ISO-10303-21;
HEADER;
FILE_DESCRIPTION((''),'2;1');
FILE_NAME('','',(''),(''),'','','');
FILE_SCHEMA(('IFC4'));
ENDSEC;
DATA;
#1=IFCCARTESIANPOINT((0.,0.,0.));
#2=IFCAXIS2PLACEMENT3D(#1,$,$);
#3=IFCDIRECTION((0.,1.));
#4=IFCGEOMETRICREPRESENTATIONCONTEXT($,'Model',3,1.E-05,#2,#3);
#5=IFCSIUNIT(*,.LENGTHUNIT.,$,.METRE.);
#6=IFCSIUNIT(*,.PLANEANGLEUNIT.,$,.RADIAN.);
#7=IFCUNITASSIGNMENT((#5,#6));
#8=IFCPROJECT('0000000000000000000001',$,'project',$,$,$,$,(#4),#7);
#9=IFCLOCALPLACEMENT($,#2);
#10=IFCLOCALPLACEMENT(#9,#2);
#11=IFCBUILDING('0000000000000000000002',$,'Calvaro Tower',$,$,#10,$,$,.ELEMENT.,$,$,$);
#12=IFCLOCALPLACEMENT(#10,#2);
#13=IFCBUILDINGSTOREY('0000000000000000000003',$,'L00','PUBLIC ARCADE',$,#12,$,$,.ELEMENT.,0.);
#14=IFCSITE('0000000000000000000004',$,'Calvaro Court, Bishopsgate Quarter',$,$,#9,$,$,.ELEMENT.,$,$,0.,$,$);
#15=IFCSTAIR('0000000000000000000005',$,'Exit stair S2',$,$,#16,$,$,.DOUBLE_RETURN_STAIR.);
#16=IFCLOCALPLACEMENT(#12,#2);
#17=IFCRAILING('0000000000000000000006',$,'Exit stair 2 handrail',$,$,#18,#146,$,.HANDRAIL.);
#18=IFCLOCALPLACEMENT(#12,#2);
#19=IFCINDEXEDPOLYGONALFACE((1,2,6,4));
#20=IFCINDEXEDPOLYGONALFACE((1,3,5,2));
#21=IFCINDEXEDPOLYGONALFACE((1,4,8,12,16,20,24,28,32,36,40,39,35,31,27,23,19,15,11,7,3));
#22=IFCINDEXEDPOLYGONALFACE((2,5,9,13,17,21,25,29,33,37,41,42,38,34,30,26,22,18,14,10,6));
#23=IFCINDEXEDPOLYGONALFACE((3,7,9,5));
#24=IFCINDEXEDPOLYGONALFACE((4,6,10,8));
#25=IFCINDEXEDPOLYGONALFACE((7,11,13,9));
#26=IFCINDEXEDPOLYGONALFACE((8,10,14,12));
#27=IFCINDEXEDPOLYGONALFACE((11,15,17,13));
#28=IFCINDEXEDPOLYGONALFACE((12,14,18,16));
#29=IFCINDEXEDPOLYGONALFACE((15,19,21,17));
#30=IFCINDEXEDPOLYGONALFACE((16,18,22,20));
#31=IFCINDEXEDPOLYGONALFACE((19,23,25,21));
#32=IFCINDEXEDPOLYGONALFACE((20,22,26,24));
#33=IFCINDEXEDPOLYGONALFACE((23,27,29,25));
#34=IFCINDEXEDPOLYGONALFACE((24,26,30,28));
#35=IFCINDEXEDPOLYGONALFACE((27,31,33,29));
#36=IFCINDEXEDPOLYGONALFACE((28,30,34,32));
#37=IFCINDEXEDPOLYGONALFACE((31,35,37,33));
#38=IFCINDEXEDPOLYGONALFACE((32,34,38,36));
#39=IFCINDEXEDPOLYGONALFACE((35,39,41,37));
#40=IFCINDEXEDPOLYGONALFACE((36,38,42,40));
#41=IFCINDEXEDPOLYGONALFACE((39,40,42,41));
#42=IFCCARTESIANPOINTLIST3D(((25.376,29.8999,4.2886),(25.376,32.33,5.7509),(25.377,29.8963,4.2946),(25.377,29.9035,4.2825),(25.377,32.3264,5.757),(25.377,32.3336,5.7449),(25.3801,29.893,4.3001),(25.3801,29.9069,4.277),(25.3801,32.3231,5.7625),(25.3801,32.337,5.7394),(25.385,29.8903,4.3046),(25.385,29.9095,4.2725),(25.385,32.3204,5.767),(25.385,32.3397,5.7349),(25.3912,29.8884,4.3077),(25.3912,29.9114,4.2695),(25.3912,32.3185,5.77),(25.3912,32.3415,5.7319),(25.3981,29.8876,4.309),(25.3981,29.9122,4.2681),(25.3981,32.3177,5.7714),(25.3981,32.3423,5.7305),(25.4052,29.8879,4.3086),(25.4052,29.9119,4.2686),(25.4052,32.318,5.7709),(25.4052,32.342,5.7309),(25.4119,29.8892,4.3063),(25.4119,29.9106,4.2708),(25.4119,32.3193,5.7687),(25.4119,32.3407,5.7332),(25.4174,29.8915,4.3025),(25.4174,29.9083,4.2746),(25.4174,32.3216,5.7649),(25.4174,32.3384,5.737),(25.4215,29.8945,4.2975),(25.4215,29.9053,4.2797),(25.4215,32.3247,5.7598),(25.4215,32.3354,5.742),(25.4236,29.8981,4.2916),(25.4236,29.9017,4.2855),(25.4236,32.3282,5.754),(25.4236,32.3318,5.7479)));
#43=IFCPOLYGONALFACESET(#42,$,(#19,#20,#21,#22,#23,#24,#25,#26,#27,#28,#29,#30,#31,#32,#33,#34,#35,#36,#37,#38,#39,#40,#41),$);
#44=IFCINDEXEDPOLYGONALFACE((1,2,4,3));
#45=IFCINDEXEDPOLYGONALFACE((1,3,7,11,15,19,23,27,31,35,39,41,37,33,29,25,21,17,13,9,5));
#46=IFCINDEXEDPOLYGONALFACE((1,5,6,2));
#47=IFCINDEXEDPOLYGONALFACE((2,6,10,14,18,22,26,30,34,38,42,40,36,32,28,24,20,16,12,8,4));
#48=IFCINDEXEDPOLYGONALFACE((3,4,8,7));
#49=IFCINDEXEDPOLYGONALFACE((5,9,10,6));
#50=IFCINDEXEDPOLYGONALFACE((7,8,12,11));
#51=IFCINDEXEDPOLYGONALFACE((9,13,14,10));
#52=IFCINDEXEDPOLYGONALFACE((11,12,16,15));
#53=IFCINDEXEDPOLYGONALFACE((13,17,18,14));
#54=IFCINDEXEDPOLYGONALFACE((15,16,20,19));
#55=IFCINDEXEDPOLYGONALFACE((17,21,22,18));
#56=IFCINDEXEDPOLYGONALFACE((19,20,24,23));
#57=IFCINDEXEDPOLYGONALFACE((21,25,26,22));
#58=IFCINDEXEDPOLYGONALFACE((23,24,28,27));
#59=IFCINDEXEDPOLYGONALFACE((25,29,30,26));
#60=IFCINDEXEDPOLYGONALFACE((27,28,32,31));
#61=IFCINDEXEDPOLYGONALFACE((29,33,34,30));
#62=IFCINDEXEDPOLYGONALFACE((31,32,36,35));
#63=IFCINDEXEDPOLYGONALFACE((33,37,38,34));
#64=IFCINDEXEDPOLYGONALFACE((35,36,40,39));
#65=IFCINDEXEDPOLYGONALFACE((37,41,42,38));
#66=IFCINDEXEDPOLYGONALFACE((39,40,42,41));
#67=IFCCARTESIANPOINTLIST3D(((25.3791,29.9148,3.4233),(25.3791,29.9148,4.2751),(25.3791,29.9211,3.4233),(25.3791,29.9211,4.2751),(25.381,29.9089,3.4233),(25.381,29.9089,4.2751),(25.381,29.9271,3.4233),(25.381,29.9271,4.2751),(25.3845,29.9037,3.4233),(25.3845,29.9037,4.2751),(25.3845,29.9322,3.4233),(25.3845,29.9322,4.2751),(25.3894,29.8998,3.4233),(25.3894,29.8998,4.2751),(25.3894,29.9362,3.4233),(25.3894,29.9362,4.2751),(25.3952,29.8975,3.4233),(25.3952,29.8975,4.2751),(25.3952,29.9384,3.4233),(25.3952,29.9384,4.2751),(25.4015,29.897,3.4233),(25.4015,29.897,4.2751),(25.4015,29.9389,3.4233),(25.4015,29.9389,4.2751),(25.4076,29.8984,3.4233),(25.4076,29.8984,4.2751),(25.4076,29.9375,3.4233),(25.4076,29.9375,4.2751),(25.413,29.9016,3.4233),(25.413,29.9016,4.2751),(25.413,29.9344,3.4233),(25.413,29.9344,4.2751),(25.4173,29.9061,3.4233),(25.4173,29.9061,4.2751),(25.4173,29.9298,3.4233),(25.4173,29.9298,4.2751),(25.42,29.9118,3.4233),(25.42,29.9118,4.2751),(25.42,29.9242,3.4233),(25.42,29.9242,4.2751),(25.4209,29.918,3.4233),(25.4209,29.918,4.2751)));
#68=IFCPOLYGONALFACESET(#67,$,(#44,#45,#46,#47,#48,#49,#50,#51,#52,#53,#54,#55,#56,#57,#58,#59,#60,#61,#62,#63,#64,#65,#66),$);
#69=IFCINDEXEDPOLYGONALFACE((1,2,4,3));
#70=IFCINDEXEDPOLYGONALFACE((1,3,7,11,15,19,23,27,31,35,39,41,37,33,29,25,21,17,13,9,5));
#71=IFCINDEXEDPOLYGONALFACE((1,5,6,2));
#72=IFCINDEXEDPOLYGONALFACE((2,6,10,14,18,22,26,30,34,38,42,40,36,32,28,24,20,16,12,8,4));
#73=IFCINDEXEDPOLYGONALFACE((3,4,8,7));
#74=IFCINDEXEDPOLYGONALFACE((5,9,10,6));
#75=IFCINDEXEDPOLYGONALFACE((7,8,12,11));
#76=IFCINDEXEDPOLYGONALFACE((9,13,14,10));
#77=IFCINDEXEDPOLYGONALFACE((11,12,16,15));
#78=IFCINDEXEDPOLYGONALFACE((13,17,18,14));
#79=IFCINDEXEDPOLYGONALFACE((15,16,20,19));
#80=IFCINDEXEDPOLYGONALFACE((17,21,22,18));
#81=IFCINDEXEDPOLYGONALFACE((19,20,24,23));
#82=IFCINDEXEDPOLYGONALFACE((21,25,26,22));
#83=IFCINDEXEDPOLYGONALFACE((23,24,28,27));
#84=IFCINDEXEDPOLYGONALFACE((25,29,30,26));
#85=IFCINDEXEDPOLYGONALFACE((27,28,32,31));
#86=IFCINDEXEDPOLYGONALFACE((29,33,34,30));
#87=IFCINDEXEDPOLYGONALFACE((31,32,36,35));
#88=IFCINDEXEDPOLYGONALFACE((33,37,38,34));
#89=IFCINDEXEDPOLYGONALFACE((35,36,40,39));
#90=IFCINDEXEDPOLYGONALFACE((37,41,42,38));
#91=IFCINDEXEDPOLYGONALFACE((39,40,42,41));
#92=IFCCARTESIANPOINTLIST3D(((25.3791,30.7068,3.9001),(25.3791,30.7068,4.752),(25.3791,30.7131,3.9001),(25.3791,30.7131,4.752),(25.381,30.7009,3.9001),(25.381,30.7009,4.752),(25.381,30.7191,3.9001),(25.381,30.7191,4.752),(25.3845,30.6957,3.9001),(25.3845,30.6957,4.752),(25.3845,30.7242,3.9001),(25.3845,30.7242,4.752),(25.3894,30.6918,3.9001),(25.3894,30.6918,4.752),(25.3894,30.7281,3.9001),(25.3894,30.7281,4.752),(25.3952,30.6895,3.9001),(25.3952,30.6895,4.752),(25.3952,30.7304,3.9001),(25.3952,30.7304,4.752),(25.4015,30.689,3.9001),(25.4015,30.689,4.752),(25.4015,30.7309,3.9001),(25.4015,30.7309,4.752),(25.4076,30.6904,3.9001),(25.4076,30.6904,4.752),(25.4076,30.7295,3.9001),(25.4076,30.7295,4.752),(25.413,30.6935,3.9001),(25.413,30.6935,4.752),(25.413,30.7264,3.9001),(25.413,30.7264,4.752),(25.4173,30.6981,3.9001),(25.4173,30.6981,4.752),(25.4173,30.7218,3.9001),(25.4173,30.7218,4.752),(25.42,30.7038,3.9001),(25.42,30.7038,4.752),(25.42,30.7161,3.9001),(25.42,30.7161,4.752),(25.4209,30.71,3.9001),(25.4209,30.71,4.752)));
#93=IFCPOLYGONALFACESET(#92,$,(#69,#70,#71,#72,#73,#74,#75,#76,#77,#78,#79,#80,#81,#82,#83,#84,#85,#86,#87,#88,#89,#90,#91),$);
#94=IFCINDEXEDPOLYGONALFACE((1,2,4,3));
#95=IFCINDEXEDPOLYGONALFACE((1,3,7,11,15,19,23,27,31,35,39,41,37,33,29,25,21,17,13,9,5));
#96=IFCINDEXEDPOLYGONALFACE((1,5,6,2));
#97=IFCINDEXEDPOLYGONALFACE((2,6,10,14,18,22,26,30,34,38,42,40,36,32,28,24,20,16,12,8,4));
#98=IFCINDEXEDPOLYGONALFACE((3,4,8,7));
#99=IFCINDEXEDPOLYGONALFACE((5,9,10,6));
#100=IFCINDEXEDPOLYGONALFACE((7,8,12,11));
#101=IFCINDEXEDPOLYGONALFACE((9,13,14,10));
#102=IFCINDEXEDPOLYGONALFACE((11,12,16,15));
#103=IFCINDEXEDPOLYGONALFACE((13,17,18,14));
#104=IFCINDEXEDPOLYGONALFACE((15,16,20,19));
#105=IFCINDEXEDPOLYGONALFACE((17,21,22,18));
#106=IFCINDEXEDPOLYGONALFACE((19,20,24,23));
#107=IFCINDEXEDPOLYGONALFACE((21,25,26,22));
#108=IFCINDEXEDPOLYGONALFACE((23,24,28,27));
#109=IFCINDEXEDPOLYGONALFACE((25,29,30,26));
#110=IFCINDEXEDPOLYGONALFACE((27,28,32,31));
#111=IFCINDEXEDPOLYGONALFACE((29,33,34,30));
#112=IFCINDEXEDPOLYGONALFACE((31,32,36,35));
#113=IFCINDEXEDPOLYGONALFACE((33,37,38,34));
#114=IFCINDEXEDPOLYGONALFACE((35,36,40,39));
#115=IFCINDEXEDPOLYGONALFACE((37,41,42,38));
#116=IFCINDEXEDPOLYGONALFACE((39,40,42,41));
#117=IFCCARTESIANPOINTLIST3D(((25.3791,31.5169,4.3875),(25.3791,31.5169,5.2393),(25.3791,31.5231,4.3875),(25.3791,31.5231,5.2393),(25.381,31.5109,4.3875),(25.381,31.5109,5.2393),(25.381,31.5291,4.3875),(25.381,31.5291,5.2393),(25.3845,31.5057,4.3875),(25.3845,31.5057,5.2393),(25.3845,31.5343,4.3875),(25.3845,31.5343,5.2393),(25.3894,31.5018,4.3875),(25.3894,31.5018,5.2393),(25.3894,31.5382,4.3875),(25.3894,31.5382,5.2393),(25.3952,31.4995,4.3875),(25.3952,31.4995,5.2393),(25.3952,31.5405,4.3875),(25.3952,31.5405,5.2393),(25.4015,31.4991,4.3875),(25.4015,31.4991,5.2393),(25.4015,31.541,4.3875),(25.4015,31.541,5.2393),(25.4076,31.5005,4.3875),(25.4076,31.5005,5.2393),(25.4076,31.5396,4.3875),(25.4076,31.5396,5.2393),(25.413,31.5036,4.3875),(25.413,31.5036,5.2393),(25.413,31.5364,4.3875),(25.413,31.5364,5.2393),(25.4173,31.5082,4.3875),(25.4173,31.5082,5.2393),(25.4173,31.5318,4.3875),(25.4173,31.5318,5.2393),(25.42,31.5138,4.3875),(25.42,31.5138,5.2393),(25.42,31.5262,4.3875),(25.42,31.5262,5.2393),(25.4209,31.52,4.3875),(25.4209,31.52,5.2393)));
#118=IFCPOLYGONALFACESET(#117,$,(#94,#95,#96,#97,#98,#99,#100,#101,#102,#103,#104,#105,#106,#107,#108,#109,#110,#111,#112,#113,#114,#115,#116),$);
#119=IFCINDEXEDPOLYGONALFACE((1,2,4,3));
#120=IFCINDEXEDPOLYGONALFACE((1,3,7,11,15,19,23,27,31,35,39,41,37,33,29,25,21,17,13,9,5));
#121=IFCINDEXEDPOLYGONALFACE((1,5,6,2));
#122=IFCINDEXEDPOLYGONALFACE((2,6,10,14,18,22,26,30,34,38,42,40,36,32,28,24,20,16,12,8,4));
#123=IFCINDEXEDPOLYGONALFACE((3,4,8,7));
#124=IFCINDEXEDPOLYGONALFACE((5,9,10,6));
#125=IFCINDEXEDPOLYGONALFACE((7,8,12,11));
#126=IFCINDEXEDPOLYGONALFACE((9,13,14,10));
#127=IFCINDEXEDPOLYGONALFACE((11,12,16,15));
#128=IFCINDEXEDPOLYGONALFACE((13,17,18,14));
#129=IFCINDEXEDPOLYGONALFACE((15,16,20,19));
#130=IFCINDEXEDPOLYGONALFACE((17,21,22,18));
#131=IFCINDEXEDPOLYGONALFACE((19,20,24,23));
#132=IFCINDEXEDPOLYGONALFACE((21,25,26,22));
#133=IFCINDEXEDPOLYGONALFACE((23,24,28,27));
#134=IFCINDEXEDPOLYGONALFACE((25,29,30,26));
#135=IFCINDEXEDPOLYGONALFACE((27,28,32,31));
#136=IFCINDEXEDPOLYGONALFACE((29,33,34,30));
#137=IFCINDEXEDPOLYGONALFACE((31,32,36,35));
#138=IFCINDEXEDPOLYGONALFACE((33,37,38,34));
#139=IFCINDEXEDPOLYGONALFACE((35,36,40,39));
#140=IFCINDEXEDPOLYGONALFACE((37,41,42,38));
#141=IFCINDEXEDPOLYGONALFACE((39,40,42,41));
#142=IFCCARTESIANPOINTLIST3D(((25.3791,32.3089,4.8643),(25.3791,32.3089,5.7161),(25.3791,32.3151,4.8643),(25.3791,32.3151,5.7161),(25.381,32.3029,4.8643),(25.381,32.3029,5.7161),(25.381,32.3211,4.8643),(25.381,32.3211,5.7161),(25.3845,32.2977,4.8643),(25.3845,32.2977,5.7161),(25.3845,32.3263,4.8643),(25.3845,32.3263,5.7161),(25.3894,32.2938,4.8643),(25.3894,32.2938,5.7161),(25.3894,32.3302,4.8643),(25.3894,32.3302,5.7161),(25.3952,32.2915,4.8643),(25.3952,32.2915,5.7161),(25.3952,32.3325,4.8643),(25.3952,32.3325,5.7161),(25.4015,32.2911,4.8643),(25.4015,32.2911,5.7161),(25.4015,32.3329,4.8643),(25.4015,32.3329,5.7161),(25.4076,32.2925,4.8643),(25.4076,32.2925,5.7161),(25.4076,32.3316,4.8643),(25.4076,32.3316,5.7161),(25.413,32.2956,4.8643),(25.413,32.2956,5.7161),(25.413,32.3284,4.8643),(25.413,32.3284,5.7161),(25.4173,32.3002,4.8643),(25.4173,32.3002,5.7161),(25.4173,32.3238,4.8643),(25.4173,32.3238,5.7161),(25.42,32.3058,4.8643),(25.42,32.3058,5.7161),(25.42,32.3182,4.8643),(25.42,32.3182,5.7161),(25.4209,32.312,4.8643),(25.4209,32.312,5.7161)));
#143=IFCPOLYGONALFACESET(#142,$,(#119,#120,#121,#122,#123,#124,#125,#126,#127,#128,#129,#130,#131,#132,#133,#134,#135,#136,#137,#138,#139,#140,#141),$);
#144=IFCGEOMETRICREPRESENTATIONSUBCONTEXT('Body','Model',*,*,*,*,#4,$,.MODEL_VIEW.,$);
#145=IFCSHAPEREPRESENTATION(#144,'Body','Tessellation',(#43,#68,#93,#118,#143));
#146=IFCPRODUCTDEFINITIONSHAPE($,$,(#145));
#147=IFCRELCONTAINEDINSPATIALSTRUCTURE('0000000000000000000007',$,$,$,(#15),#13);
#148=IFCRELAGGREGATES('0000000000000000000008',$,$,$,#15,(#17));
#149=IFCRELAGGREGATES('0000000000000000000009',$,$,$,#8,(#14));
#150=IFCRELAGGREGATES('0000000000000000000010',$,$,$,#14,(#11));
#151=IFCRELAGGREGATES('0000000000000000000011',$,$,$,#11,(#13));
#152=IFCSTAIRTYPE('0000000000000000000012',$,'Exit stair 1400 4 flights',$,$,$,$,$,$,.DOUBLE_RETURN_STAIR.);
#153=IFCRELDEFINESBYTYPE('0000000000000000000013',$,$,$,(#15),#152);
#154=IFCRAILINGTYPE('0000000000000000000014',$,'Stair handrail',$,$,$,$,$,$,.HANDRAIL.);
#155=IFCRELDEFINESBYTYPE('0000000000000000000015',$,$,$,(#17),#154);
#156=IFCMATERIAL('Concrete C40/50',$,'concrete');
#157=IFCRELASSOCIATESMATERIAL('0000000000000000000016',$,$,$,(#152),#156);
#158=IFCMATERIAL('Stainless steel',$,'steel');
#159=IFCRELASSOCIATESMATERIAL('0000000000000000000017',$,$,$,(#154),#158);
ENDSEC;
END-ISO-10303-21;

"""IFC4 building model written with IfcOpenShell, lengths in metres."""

from ifc_helpers import new_model, si_unit, direction, frame, origin, origin_2d, place, context, subcontext, project, spatial, circle, extrude, material, type_object, element, aggregate, save


model = new_model("IFC4")

# Units and contexts
model_context = context("Model", 3, precision=1e-05, world=origin(), true_north=direction((0.0, 1.0)))
body_context = subcontext(model_context, "Body", "Model", "MODEL_VIEW")
ifc_project = project(units=[si_unit("LENGTHUNIT", "METRE"), si_unit("PLANEANGLEUNIT", "RADIAN")], contexts=[model_context])

# Site, building, storey
site_placement = place(None, origin())
site = spatial("IfcSite", under=ifc_project, at=site_placement, Name="Calvaro Court, Bishopsgate Quarter", CompositionType="ELEMENT", RefElevation=0.0)
building_placement = place(site_placement, origin())
building = spatial("IfcBuilding", under=site, at=building_placement, Name="Calvaro Tower", CompositionType="ELEMENT")
storey_placement = place(building_placement, origin())
storey = spatial("IfcBuildingStorey", under=building, at=storey_placement, Name="L00", Description="PUBLIC ARCADE", CompositionType="ELEMENT", Elevation=0.0)

# Stair, railing
ifc_material_1 = material(Name="Concrete C40/50", Category="concrete")
stair_type = type_object("IfcStairType", Name="Exit stair 1400 4 flights", PredefinedType="DOUBLE_RETURN_STAIR", material=ifc_material_1)
stair_placement = place(storey_placement, origin())
stair = element("IfcStair", 1, at=stair_placement, inside=storey, type_object=stair_type, Name="Exit stair S2", PredefinedType="DOUBLE_RETURN_STAIR")
ifc_material_2 = material(Name="Stainless steel", Category="steel")
railing_type = type_object("IfcRailingType", Name="Stair handrail", PredefinedType="HANDRAIL", material=ifc_material_2)
railing_1_placement = place(storey_placement, frame((25.3999, 29.8999, 3.4126)))
railing_1 = element("IfcRailing", 2, at=railing_1_placement, type_object=railing_type, Name="Exit stair 2 handrail", PredefinedType="HANDRAIL", context=body_context, shape_type="SweptSolid", body=[
    extrude(circle(Radius=0.0239, at=origin_2d()), frame((0.0, 0.0, 0.876), z_axis=(0.0, 0.856824, 0.515609), x_axis=(-1.0, 0.0, 0.0)), (0.0, 0.0, 1.0), 2.8362),
    extrude(circle(Radius=0.021, at=origin_2d()), frame((0.0, 0.0181, 0.0107)), (0.0, 0.0, 1.0), 0.8518),
    extrude(circle(Radius=0.021, at=origin_2d()), frame((0.0, 0.8101, 0.4875)), (0.0, 0.0, 1.0), 0.8518),
    extrude(circle(Radius=0.021, at=origin_2d()), frame((0.0, 1.6201, 0.9749)), (0.0, 0.0, 1.0), 0.8518),
    extrude(circle(Radius=0.021, at=origin_2d()), frame((0.0, 2.4121, 1.4517)), (0.0, 0.0, 1.0), 0.8518),
])
aggregate(stair, [railing_1])

save(model, "model.ifc")
